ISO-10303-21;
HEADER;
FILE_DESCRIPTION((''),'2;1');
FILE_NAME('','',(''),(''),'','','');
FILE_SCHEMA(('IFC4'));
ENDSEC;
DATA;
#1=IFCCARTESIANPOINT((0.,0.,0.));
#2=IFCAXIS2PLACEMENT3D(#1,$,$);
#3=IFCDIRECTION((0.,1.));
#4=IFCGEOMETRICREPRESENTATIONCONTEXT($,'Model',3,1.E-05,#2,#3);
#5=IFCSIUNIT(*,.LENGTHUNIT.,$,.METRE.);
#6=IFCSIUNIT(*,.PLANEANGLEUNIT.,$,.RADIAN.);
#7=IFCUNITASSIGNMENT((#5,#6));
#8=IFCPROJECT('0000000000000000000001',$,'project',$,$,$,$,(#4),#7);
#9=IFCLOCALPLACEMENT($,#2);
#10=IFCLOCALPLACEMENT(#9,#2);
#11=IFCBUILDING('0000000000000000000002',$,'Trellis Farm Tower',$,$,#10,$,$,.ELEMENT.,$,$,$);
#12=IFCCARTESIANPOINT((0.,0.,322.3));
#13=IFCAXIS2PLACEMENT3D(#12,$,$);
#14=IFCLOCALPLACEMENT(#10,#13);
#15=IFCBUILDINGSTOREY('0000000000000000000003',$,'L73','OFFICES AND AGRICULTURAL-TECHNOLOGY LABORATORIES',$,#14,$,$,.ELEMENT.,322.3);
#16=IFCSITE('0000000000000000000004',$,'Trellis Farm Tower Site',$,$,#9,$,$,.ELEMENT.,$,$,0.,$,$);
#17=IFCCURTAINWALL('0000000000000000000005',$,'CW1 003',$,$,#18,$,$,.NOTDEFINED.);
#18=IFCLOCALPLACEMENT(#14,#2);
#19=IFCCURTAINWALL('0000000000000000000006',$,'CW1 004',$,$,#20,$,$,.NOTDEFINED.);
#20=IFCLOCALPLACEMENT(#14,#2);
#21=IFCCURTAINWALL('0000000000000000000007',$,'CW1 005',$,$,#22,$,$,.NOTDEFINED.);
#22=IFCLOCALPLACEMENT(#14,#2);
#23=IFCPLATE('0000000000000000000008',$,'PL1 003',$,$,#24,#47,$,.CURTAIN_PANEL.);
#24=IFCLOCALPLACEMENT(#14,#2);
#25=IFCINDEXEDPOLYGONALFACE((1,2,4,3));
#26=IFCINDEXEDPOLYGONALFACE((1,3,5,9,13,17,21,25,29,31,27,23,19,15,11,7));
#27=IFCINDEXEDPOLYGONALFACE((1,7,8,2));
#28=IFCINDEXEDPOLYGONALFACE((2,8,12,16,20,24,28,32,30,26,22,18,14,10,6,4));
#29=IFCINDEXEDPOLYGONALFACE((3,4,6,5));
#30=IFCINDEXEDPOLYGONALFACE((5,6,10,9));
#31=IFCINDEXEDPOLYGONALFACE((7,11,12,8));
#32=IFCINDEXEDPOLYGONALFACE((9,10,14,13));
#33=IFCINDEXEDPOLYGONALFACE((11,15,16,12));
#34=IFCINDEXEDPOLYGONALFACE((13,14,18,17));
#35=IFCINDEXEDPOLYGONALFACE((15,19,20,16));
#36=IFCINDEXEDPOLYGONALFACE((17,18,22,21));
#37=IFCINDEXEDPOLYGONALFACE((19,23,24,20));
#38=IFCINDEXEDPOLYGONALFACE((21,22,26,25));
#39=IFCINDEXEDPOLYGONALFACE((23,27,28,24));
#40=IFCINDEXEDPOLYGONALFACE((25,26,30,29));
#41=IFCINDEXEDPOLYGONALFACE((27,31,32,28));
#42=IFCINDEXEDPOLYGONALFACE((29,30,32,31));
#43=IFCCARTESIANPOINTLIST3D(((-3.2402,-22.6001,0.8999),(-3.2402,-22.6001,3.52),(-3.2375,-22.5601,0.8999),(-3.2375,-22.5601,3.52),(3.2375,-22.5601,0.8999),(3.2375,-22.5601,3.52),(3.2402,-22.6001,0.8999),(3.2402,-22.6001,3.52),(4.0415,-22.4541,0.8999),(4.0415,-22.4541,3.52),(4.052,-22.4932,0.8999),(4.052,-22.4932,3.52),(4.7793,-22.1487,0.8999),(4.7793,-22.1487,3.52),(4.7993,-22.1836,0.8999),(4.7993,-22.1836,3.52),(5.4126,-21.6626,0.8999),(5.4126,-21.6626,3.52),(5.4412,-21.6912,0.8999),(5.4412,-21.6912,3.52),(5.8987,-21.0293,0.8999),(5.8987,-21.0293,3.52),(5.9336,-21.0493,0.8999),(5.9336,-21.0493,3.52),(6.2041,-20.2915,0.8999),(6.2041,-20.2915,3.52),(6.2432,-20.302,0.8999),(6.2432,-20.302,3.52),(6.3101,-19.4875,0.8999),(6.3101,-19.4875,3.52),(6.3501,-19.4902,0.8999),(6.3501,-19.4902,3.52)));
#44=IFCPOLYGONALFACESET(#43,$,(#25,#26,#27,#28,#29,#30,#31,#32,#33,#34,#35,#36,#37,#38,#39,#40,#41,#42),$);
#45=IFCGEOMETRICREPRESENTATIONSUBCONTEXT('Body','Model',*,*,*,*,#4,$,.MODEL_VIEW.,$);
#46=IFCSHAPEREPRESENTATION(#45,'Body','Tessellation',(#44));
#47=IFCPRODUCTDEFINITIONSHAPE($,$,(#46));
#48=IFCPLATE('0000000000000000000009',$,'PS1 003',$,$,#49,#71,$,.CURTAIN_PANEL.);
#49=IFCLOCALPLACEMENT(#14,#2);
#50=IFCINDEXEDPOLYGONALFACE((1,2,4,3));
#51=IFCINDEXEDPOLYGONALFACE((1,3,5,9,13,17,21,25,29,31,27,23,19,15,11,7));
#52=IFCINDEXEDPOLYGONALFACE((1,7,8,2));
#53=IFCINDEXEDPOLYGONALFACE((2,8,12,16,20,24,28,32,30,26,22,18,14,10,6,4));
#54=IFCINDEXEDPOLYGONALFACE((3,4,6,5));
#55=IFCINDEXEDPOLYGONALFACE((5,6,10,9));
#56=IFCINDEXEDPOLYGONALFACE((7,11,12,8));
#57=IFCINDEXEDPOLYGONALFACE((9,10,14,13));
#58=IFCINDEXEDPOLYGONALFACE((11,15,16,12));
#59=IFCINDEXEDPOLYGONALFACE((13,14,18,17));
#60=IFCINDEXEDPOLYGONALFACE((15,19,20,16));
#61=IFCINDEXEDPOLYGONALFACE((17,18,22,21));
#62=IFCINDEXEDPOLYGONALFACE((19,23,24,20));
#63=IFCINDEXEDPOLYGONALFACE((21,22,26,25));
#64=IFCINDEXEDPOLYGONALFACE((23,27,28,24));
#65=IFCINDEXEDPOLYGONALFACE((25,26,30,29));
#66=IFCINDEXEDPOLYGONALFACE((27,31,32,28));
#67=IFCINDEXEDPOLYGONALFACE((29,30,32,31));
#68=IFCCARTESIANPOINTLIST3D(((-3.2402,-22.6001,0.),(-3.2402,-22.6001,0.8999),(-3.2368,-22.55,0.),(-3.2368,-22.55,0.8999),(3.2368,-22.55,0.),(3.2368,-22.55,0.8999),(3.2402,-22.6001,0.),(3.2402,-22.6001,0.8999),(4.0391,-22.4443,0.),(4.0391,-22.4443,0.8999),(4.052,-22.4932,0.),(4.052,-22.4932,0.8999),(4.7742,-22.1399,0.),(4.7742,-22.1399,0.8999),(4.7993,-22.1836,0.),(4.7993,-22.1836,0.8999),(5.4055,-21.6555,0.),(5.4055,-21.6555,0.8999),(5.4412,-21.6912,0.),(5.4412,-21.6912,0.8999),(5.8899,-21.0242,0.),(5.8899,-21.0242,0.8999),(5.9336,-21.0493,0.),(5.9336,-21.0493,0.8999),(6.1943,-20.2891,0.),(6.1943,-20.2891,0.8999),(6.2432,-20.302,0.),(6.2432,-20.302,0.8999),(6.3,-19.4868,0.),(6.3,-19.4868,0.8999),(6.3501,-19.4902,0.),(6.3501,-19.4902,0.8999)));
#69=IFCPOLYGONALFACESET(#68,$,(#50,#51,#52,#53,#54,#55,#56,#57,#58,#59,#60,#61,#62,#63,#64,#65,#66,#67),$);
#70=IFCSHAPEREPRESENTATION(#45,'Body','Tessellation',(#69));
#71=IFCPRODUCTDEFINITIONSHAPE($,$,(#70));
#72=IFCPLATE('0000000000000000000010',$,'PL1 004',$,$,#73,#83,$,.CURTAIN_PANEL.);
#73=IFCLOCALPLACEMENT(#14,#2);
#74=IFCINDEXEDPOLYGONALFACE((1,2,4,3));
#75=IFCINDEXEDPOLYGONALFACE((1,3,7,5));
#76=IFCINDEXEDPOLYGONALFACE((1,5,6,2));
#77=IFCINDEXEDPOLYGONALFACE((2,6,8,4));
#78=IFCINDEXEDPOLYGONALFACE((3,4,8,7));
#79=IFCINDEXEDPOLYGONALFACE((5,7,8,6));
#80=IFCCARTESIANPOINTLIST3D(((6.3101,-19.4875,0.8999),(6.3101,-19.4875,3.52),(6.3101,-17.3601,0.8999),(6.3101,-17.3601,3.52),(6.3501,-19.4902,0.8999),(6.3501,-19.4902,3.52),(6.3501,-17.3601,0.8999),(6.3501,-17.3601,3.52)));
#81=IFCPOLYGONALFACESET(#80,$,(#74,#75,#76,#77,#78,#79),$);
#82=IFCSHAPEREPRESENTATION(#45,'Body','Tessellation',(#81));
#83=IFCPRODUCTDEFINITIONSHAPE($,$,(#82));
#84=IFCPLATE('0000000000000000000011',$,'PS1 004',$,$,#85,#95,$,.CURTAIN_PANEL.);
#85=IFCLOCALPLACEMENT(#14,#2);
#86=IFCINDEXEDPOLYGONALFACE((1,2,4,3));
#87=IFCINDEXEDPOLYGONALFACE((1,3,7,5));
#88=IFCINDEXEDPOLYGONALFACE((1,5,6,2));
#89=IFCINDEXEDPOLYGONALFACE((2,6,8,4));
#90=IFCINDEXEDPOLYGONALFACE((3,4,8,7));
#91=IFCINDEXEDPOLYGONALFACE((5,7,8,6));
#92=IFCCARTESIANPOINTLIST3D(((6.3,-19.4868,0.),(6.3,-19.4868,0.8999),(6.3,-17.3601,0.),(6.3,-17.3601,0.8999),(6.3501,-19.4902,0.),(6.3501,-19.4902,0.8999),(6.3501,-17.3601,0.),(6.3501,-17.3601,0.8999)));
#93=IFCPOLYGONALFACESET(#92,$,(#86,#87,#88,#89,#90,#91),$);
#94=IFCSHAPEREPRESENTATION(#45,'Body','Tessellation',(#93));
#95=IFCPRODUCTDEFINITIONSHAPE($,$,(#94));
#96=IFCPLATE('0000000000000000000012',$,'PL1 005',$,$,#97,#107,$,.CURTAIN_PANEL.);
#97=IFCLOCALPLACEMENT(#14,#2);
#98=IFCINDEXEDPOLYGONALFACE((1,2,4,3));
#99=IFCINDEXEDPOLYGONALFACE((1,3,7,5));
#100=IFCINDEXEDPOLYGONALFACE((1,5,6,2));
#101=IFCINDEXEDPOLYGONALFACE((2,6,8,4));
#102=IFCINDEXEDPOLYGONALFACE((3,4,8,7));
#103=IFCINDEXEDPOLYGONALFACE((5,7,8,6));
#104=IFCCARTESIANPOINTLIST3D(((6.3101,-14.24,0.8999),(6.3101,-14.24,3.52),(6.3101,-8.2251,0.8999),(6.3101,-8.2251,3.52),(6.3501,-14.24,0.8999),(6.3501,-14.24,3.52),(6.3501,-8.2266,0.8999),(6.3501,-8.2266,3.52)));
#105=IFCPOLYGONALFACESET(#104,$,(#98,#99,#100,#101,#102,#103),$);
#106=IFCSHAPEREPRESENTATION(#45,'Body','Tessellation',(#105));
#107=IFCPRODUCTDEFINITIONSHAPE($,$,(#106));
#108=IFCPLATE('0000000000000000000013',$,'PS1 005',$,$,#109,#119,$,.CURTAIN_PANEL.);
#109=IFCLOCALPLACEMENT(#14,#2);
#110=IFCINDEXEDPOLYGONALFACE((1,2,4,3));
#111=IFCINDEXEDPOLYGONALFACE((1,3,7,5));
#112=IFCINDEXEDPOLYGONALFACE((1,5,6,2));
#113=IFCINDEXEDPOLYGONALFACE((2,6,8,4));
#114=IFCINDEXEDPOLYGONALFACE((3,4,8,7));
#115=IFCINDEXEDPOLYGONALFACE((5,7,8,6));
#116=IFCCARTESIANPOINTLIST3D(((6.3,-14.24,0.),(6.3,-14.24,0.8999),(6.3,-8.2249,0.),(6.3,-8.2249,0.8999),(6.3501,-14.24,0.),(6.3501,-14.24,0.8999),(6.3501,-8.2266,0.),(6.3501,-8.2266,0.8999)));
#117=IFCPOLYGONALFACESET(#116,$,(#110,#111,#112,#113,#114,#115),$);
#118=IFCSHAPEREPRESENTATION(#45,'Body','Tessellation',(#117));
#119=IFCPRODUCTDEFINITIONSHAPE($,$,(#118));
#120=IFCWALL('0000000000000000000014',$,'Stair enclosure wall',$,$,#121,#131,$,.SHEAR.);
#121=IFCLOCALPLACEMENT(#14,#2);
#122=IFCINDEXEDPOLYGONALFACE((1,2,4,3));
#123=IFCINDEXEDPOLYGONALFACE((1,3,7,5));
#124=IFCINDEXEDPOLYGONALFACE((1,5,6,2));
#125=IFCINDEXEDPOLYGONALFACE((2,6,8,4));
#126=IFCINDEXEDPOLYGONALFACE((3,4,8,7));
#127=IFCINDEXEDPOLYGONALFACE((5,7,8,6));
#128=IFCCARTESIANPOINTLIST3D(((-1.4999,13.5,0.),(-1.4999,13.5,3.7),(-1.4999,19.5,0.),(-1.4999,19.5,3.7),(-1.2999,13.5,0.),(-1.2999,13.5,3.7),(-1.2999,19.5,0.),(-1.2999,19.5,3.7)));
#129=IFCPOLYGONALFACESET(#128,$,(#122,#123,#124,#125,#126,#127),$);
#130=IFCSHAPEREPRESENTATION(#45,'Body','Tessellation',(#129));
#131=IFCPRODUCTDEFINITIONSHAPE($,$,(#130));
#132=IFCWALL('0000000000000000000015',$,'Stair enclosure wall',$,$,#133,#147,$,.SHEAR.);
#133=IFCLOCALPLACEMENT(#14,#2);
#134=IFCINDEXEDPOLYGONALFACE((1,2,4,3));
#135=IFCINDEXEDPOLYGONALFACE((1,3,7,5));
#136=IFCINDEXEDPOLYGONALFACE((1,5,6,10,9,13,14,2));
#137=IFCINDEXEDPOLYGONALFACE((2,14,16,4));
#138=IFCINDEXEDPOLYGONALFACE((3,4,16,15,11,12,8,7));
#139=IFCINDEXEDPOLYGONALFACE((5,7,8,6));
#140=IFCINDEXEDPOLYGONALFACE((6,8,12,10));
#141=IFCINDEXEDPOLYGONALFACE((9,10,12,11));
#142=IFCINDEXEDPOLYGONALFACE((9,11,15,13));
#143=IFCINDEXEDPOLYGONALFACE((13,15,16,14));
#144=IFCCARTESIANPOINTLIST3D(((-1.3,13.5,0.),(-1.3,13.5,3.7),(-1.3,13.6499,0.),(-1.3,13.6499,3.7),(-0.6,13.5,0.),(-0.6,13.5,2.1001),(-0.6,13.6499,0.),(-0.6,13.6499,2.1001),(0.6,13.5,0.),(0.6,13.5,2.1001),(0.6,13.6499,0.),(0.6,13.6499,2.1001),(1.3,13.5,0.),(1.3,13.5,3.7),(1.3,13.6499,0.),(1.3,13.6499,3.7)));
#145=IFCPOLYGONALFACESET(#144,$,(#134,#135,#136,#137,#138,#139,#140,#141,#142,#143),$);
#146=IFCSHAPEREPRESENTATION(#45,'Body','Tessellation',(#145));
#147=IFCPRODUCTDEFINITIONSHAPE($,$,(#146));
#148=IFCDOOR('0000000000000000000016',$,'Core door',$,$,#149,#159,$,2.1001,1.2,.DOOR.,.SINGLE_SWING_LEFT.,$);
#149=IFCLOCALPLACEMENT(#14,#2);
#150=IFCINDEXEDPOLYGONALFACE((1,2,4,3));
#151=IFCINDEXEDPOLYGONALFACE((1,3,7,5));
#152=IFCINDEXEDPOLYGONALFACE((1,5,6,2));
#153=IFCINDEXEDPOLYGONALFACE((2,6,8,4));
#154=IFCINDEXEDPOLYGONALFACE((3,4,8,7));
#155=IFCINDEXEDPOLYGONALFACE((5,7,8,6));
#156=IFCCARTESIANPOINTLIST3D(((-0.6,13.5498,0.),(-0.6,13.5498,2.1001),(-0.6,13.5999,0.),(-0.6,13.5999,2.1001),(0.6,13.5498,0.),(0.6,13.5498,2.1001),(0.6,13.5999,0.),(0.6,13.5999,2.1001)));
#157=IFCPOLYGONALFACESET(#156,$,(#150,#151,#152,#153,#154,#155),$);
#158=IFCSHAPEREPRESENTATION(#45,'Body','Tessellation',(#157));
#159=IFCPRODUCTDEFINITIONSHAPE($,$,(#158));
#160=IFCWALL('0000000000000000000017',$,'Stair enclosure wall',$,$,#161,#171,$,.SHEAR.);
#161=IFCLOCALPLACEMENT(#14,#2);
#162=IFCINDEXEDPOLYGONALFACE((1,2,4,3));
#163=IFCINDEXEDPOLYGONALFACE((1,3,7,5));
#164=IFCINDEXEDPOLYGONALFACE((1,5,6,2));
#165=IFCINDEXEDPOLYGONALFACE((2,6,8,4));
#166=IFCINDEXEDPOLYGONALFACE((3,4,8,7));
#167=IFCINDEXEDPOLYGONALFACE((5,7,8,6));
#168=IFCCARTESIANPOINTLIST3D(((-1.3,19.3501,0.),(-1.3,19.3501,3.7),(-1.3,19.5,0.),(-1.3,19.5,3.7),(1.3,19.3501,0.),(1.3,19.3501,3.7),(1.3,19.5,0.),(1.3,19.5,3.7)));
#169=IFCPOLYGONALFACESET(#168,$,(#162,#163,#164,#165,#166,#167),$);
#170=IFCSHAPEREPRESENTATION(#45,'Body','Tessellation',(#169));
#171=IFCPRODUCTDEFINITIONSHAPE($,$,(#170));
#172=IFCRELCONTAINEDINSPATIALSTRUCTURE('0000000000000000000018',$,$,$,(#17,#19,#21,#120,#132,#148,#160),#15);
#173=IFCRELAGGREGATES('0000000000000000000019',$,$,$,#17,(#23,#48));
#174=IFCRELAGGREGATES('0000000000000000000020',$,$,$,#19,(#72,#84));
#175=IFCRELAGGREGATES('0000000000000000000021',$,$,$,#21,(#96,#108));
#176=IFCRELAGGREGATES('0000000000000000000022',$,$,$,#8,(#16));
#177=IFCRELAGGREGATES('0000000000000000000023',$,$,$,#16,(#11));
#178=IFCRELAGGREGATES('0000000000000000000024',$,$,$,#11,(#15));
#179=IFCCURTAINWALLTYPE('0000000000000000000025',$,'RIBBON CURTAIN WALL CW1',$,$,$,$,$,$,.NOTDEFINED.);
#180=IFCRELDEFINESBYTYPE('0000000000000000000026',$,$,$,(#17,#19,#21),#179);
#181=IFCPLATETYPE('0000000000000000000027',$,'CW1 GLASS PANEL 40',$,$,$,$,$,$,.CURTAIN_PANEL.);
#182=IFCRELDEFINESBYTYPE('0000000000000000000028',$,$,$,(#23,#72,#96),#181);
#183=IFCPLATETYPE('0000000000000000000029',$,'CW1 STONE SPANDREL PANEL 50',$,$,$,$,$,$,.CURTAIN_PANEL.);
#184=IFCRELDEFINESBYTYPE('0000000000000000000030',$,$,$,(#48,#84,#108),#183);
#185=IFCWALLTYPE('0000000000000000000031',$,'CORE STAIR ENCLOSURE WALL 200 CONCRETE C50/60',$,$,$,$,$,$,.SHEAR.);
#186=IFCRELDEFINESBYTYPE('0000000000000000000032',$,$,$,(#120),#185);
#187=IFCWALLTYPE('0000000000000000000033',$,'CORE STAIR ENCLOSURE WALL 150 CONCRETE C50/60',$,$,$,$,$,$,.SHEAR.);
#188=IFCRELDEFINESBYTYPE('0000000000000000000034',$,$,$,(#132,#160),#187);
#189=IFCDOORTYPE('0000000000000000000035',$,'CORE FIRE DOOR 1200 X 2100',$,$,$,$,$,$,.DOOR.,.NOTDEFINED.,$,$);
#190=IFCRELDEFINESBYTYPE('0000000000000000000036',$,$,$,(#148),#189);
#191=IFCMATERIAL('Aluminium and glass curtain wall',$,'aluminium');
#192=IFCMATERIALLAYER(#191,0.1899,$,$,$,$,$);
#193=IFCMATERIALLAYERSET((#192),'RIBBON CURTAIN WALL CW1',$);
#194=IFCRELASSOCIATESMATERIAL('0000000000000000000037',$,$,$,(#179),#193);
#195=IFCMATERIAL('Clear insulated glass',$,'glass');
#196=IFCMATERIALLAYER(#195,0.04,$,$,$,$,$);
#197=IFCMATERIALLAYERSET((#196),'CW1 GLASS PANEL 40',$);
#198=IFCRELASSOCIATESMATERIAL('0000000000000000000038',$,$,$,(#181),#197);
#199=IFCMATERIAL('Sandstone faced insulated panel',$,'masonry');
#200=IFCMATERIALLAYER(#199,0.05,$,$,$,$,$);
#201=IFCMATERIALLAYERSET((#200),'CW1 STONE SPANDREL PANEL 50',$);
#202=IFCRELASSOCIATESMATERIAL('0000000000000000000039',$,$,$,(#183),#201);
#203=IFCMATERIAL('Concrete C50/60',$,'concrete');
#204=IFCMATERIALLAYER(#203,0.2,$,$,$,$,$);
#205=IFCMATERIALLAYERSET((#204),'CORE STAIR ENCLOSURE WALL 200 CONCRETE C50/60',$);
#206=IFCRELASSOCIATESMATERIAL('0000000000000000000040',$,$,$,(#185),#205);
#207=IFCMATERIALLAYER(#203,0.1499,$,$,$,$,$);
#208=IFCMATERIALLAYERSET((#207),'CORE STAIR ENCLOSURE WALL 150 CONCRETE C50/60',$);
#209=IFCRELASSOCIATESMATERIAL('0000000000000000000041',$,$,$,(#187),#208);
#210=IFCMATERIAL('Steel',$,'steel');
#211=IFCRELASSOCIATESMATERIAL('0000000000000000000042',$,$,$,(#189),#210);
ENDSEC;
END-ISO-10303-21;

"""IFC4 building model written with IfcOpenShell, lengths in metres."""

from ifc_helpers import new_model, si_unit, direction, frame, frame_2d, origin, place, context, subcontext, project, spatial, polyline, rectangle, outline, extrude, source, transform, mapped, material, layer, layer_set, type_object, element, fill, aggregate, save


model = new_model("IFC4")

# Units and contexts
model_context = context("Model", 3, precision=1e-05, world=origin(), true_north=direction((0.0, 1.0)))
body_context = subcontext(model_context, "Body", "Model", "MODEL_VIEW")
ifc_project = project(units=[si_unit("LENGTHUNIT", "METRE"), si_unit("PLANEANGLEUNIT", "RADIAN")], contexts=[model_context])

# Site, building, storey
site_placement = place(None, origin())
site = spatial("IfcSite", under=ifc_project, at=site_placement, Name="Trellis Farm Tower Site", CompositionType="ELEMENT", RefElevation=0.0)
building_placement = place(site_placement, origin())
building = spatial("IfcBuilding", under=site, at=building_placement, Name="Trellis Farm Tower", CompositionType="ELEMENT")
storey_placement = place(building_placement, frame((0.0, 0.0, 322.3)))
storey = spatial("IfcBuildingStorey", under=building, at=storey_placement, Name="L73", Description="OFFICES AND AGRICULTURAL-TECHNOLOGY LABORATORIES", CompositionType="ELEMENT", Elevation=322.3)

# Curtain walls
ifc_material_1 = material(Name="Aluminium and glass curtain wall", Category="aluminium")
placement_1 = place(storey_placement, origin())
ifc_layer_1 = layer(ifc_material_1, 0.1899)
ifc_layer_set_1 = layer_set([ifc_layer_1], Name="RIBBON CURTAIN WALL CW1")
curtain_wall_type_1 = type_object("IfcCurtainWallType", Name="RIBBON CURTAIN WALL CW1", PredefinedType="NOTDEFINED", material=ifc_layer_set_1)
curtain_wall_1 = element("IfcCurtainWall", 1, at=placement_1, inside=storey, type_object=curtain_wall_type_1, Name="CW1 003", PredefinedType="NOTDEFINED")
curtain_wall_2 = element("IfcCurtainWall", 2, at=placement_1, inside=storey, type_object=curtain_wall_type_1, Name="CW1 004", PredefinedType="NOTDEFINED")
curtain_wall_3 = element("IfcCurtainWall", 3, at=placement_1, inside=storey, type_object=curtain_wall_type_1, Name="CW1 005", PredefinedType="NOTDEFINED")

# Plates
ifc_material_2 = material(Name="Clear insulated glass", Category="glass")
ifc_layer_2 = layer(ifc_material_2, 0.04)
ifc_layer_set_2 = layer_set([ifc_layer_2], Name="CW1 GLASS PANEL 40")
plate_type_1 = type_object("IfcPlateType", Name="CW1 GLASS PANEL 40", PredefinedType="CURTAIN_PANEL", material=ifc_layer_set_2)
placement_2 = place(storey_placement, frame((0.0, 0.0, 0.8999)))
ifc_material_3 = material(Name="Sandstone faced insulated panel", Category="masonry")
ifc_layer_3 = layer(ifc_material_3, 0.05)
ifc_layer_set_3 = layer_set([ifc_layer_3], Name="CW1 STONE SPANDREL PANEL 50")
plate_type_2 = type_object("IfcPlateType", Name="CW1 STONE SPANDREL PANEL 50", PredefinedType="CURTAIN_PANEL", material=ifc_layer_set_3)
shared_shape_1 = source(origin(), body_context, "Body", "SweptSolid", [
    extrude(outline(polyline([(-3.2402, -22.6001), (3.2402, -22.6001), (4.052, -22.4932), (4.7993, -22.1836), (5.4412, -21.6912), (5.9336, -21.0493), (6.2432, -20.302), (6.3501, -19.4902), (6.3101, -19.4875), (6.2041, -20.2915), (5.8987, -21.0293), (5.4126, -21.6626), (4.7793, -22.1487), (4.0415, -22.4541), (3.2375, -22.5601), (-3.2375, -22.5601), (-3.2402, -22.6001)])), origin(), (0.0, 0.0, 1.0), 2.6201),
])
plate_1 = element("IfcPlate", 4, at=placement_2, type_object=plate_type_1, Name="PL1 003", PredefinedType="CURTAIN_PANEL", context=body_context, shape_type="MappedRepresentation", body=[
    mapped(shared_shape_1, transform((0.0, 0.0, 0.0))),
])
shared_shape_2 = source(origin(), body_context, "Body", "SweptSolid", [
    extrude(outline(polyline([(-3.2402, -22.6001), (3.2402, -22.6001), (4.052, -22.4932), (4.7993, -22.1836), (5.4412, -21.6912), (5.9336, -21.0493), (6.2432, -20.302), (6.3501, -19.4902), (6.3, -19.4868), (6.1943, -20.2891), (5.8899, -21.0242), (5.4055, -21.6555), (4.7742, -22.1399), (4.0391, -22.4443), (3.2368, -22.55), (-3.2368, -22.55), (-3.2402, -22.6001)])), origin(), (0.0, 0.0, 1.0), 0.8999),
])
plate_2 = element("IfcPlate", 5, at=placement_1, type_object=plate_type_2, Name="PS1 003", PredefinedType="CURTAIN_PANEL", context=body_context, shape_type="MappedRepresentation", body=[
    mapped(shared_shape_2, transform((0.0, 0.0, 0.0))),
])
aggregate(curtain_wall_1, [plate_1, plate_2])
shared_shape_3 = source(origin(), body_context, "Body", "SweptSolid", [
    extrude(outline(polyline([(6.3501, -19.4902), (6.3501, -17.3601), (6.3101, -17.3601), (6.3101, -19.4875), (6.3501, -19.4902)])), origin(), (0.0, 0.0, 1.0), 2.6201),
])
plate_3 = element("IfcPlate", 6, at=placement_2, type_object=plate_type_1, Name="PL1 004", PredefinedType="CURTAIN_PANEL", context=body_context, shape_type="MappedRepresentation", body=[
    mapped(shared_shape_3, transform((0.0, 0.0, 0.0))),
])
shared_shape_4 = source(origin(), body_context, "Body", "SweptSolid", [
    extrude(outline(polyline([(6.3501, -19.4902), (6.3501, -17.3601), (6.3, -17.3601), (6.3, -19.4868), (6.3501, -19.4902)])), origin(), (0.0, 0.0, 1.0), 0.8999),
])
plate_4 = element("IfcPlate", 7, at=placement_1, type_object=plate_type_2, Name="PS1 004", PredefinedType="CURTAIN_PANEL", context=body_context, shape_type="MappedRepresentation", body=[
    mapped(shared_shape_4, transform((0.0, 0.0, 0.0))),
])
aggregate(curtain_wall_2, [plate_3, plate_4])
shared_shape_5 = source(origin(), body_context, "Body", "SweptSolid", [
    extrude(outline(polyline([(6.3501, -14.24), (6.3501, -8.2266), (6.3101, -8.2251), (6.3101, -14.24), (6.3501, -14.24)])), origin(), (0.0, 0.0, 1.0), 2.6201),
])
plate_5 = element("IfcPlate", 8, at=placement_2, type_object=plate_type_1, Name="PL1 005", PredefinedType="CURTAIN_PANEL", context=body_context, shape_type="MappedRepresentation", body=[
    mapped(shared_shape_5, transform((0.0, 0.0, 0.0))),
])
shared_shape_6 = source(origin(), body_context, "Body", "SweptSolid", [
    extrude(outline(polyline([(6.3501, -14.24), (6.3501, -8.2266), (6.3, -8.2249), (6.3, -14.24), (6.3501, -14.24)])), origin(), (0.0, 0.0, 1.0), 0.8999),
])
plate_6 = element("IfcPlate", 9, at=placement_1, type_object=plate_type_2, Name="PS1 005", PredefinedType="CURTAIN_PANEL", context=body_context, shape_type="MappedRepresentation", body=[
    mapped(shared_shape_6, transform((0.0, 0.0, 0.0))),
])
aggregate(curtain_wall_3, [plate_5, plate_6])

# Wall
ifc_material_4 = material(Name="Concrete C50/60", Category="concrete")
ifc_layer_4 = layer(ifc_material_4, 0.2)
ifc_layer_set_4 = layer_set([ifc_layer_4], Name="CORE STAIR ENCLOSURE WALL 200 CONCRETE C50/60")
wall_type_1 = type_object("IfcWallType", Name="CORE STAIR ENCLOSURE WALL 200 CONCRETE C50/60", PredefinedType="SHEAR", material=ifc_layer_set_4)
shared_shape_7 = source(origin(), body_context, "Body", "SweptSolid", [
    extrude(rectangle(XDim=6.0, YDim=0.2, at=frame_2d((3.0, 0.0))), origin(), (0.0, 0.0, 1.0), 3.7),
])
wall_1_placement = place(storey_placement, frame((-1.3999, 13.5, 0.0), z_axis=(0.0, 0.0, 1.0), x_axis=(0.0, 1.0, 0.0)))
element("IfcWall", 10, at=wall_1_placement, inside=storey, type_object=wall_type_1, Name="Stair enclosure wall", PredefinedType="SHEAR", context=body_context, shape_type="MappedRepresentation", body=[
    mapped(shared_shape_7, transform((0.0, 0.0, 0.0))),
])

# Wall, opening, door
ifc_layer_5 = layer(ifc_material_4, 0.1499)
ifc_layer_set_5 = layer_set([ifc_layer_5], Name="CORE STAIR ENCLOSURE WALL 150 CONCRETE C50/60")
wall_type_2 = type_object("IfcWallType", Name="CORE STAIR ENCLOSURE WALL 150 CONCRETE C50/60", PredefinedType="SHEAR", material=ifc_layer_set_5)
shared_shape_8 = source(origin(), body_context, "Body", "SweptSolid", [
    extrude(rectangle(XDim=2.6001, YDim=0.1499, at=frame_2d((1.3, 0.0))), origin(), (0.0, 0.0, 1.0), 3.7),
])
wall_2_placement = place(storey_placement, frame((-1.3, 13.575, 0.0), z_axis=(0.0, 0.0, 1.0), x_axis=(1.0, 0.0, 0.0)))
wall_2 = element("IfcWall", 11, at=wall_2_placement, inside=storey, type_object=wall_type_2, Name="Stair enclosure wall", PredefinedType="SHEAR", context=body_context, shape_type="MappedRepresentation", body=[
    mapped(shared_shape_8, transform((0.0, 0.0, 0.0))),
])
shared_shape_9 = source(origin(), body_context, "Body", "SweptSolid", [
    extrude(rectangle(XDim=1.2, YDim=2.1001, at=frame_2d((0.6001, 1.05))), frame((0.0, 0.085, 0.0), z_axis=(0.0, -1.0, 0.0), x_axis=(1.0, 0.0, 0.0)), (0.0, 0.0, 1.0), 0.1699),
])
opening_1_placement = place(wall_2_placement, frame((0.7, 0.0, 0.0)))
opening_1 = element("IfcOpeningElement", 12, at=opening_1_placement, cuts=wall_2, PredefinedType="OPENING", context=body_context, shape_type="MappedRepresentation", body=[
    mapped(shared_shape_9, transform((0.0, 0.0, 0.0))),
])
ifc_material_5 = material(Name="Steel", Category="steel")
door_type_1 = type_object("IfcDoorType", Name="CORE FIRE DOOR 1200 X 2100", OperationType="NOTDEFINED", PredefinedType="DOOR", material=ifc_material_5)
shared_shape_10 = source(origin(), body_context, "Body", "SweptSolid", [
    extrude(rectangle(XDim=1.2, YDim=2.1001, at=frame_2d((0.6001, 1.05))), frame((0.0, 0.0249, 0.0), z_axis=(0.0, -1.0, 0.0), x_axis=(1.0, 0.0, 0.0)), (0.0, 0.0, 1.0), 0.05),
])
door_1_placement = place(opening_1_placement, origin())
door_1 = element("IfcDoor", 13, at=door_1_placement, inside=storey, type_object=door_type_1, Name="Core door", OperationType="SINGLE_SWING_LEFT", OverallHeight=2.1001, OverallWidth=1.2, PredefinedType="DOOR", context=body_context, shape_type="MappedRepresentation", body=[
    mapped(shared_shape_10, transform((0.0, 0.0, 0.0))),
])
fill(opening_1, door_1)

# Wall
wall_3_placement = place(storey_placement, frame((-1.3, 19.425, 0.0), z_axis=(0.0, 0.0, 1.0), x_axis=(1.0, 0.0, 0.0)))
element("IfcWall", 14, at=wall_3_placement, inside=storey, type_object=wall_type_2, Name="Stair enclosure wall", PredefinedType="SHEAR", context=body_context, shape_type="MappedRepresentation", body=[
    mapped(shared_shape_8, transform((0.0, 0.0, 0.0))),
])

save(model, "model.ifc")
